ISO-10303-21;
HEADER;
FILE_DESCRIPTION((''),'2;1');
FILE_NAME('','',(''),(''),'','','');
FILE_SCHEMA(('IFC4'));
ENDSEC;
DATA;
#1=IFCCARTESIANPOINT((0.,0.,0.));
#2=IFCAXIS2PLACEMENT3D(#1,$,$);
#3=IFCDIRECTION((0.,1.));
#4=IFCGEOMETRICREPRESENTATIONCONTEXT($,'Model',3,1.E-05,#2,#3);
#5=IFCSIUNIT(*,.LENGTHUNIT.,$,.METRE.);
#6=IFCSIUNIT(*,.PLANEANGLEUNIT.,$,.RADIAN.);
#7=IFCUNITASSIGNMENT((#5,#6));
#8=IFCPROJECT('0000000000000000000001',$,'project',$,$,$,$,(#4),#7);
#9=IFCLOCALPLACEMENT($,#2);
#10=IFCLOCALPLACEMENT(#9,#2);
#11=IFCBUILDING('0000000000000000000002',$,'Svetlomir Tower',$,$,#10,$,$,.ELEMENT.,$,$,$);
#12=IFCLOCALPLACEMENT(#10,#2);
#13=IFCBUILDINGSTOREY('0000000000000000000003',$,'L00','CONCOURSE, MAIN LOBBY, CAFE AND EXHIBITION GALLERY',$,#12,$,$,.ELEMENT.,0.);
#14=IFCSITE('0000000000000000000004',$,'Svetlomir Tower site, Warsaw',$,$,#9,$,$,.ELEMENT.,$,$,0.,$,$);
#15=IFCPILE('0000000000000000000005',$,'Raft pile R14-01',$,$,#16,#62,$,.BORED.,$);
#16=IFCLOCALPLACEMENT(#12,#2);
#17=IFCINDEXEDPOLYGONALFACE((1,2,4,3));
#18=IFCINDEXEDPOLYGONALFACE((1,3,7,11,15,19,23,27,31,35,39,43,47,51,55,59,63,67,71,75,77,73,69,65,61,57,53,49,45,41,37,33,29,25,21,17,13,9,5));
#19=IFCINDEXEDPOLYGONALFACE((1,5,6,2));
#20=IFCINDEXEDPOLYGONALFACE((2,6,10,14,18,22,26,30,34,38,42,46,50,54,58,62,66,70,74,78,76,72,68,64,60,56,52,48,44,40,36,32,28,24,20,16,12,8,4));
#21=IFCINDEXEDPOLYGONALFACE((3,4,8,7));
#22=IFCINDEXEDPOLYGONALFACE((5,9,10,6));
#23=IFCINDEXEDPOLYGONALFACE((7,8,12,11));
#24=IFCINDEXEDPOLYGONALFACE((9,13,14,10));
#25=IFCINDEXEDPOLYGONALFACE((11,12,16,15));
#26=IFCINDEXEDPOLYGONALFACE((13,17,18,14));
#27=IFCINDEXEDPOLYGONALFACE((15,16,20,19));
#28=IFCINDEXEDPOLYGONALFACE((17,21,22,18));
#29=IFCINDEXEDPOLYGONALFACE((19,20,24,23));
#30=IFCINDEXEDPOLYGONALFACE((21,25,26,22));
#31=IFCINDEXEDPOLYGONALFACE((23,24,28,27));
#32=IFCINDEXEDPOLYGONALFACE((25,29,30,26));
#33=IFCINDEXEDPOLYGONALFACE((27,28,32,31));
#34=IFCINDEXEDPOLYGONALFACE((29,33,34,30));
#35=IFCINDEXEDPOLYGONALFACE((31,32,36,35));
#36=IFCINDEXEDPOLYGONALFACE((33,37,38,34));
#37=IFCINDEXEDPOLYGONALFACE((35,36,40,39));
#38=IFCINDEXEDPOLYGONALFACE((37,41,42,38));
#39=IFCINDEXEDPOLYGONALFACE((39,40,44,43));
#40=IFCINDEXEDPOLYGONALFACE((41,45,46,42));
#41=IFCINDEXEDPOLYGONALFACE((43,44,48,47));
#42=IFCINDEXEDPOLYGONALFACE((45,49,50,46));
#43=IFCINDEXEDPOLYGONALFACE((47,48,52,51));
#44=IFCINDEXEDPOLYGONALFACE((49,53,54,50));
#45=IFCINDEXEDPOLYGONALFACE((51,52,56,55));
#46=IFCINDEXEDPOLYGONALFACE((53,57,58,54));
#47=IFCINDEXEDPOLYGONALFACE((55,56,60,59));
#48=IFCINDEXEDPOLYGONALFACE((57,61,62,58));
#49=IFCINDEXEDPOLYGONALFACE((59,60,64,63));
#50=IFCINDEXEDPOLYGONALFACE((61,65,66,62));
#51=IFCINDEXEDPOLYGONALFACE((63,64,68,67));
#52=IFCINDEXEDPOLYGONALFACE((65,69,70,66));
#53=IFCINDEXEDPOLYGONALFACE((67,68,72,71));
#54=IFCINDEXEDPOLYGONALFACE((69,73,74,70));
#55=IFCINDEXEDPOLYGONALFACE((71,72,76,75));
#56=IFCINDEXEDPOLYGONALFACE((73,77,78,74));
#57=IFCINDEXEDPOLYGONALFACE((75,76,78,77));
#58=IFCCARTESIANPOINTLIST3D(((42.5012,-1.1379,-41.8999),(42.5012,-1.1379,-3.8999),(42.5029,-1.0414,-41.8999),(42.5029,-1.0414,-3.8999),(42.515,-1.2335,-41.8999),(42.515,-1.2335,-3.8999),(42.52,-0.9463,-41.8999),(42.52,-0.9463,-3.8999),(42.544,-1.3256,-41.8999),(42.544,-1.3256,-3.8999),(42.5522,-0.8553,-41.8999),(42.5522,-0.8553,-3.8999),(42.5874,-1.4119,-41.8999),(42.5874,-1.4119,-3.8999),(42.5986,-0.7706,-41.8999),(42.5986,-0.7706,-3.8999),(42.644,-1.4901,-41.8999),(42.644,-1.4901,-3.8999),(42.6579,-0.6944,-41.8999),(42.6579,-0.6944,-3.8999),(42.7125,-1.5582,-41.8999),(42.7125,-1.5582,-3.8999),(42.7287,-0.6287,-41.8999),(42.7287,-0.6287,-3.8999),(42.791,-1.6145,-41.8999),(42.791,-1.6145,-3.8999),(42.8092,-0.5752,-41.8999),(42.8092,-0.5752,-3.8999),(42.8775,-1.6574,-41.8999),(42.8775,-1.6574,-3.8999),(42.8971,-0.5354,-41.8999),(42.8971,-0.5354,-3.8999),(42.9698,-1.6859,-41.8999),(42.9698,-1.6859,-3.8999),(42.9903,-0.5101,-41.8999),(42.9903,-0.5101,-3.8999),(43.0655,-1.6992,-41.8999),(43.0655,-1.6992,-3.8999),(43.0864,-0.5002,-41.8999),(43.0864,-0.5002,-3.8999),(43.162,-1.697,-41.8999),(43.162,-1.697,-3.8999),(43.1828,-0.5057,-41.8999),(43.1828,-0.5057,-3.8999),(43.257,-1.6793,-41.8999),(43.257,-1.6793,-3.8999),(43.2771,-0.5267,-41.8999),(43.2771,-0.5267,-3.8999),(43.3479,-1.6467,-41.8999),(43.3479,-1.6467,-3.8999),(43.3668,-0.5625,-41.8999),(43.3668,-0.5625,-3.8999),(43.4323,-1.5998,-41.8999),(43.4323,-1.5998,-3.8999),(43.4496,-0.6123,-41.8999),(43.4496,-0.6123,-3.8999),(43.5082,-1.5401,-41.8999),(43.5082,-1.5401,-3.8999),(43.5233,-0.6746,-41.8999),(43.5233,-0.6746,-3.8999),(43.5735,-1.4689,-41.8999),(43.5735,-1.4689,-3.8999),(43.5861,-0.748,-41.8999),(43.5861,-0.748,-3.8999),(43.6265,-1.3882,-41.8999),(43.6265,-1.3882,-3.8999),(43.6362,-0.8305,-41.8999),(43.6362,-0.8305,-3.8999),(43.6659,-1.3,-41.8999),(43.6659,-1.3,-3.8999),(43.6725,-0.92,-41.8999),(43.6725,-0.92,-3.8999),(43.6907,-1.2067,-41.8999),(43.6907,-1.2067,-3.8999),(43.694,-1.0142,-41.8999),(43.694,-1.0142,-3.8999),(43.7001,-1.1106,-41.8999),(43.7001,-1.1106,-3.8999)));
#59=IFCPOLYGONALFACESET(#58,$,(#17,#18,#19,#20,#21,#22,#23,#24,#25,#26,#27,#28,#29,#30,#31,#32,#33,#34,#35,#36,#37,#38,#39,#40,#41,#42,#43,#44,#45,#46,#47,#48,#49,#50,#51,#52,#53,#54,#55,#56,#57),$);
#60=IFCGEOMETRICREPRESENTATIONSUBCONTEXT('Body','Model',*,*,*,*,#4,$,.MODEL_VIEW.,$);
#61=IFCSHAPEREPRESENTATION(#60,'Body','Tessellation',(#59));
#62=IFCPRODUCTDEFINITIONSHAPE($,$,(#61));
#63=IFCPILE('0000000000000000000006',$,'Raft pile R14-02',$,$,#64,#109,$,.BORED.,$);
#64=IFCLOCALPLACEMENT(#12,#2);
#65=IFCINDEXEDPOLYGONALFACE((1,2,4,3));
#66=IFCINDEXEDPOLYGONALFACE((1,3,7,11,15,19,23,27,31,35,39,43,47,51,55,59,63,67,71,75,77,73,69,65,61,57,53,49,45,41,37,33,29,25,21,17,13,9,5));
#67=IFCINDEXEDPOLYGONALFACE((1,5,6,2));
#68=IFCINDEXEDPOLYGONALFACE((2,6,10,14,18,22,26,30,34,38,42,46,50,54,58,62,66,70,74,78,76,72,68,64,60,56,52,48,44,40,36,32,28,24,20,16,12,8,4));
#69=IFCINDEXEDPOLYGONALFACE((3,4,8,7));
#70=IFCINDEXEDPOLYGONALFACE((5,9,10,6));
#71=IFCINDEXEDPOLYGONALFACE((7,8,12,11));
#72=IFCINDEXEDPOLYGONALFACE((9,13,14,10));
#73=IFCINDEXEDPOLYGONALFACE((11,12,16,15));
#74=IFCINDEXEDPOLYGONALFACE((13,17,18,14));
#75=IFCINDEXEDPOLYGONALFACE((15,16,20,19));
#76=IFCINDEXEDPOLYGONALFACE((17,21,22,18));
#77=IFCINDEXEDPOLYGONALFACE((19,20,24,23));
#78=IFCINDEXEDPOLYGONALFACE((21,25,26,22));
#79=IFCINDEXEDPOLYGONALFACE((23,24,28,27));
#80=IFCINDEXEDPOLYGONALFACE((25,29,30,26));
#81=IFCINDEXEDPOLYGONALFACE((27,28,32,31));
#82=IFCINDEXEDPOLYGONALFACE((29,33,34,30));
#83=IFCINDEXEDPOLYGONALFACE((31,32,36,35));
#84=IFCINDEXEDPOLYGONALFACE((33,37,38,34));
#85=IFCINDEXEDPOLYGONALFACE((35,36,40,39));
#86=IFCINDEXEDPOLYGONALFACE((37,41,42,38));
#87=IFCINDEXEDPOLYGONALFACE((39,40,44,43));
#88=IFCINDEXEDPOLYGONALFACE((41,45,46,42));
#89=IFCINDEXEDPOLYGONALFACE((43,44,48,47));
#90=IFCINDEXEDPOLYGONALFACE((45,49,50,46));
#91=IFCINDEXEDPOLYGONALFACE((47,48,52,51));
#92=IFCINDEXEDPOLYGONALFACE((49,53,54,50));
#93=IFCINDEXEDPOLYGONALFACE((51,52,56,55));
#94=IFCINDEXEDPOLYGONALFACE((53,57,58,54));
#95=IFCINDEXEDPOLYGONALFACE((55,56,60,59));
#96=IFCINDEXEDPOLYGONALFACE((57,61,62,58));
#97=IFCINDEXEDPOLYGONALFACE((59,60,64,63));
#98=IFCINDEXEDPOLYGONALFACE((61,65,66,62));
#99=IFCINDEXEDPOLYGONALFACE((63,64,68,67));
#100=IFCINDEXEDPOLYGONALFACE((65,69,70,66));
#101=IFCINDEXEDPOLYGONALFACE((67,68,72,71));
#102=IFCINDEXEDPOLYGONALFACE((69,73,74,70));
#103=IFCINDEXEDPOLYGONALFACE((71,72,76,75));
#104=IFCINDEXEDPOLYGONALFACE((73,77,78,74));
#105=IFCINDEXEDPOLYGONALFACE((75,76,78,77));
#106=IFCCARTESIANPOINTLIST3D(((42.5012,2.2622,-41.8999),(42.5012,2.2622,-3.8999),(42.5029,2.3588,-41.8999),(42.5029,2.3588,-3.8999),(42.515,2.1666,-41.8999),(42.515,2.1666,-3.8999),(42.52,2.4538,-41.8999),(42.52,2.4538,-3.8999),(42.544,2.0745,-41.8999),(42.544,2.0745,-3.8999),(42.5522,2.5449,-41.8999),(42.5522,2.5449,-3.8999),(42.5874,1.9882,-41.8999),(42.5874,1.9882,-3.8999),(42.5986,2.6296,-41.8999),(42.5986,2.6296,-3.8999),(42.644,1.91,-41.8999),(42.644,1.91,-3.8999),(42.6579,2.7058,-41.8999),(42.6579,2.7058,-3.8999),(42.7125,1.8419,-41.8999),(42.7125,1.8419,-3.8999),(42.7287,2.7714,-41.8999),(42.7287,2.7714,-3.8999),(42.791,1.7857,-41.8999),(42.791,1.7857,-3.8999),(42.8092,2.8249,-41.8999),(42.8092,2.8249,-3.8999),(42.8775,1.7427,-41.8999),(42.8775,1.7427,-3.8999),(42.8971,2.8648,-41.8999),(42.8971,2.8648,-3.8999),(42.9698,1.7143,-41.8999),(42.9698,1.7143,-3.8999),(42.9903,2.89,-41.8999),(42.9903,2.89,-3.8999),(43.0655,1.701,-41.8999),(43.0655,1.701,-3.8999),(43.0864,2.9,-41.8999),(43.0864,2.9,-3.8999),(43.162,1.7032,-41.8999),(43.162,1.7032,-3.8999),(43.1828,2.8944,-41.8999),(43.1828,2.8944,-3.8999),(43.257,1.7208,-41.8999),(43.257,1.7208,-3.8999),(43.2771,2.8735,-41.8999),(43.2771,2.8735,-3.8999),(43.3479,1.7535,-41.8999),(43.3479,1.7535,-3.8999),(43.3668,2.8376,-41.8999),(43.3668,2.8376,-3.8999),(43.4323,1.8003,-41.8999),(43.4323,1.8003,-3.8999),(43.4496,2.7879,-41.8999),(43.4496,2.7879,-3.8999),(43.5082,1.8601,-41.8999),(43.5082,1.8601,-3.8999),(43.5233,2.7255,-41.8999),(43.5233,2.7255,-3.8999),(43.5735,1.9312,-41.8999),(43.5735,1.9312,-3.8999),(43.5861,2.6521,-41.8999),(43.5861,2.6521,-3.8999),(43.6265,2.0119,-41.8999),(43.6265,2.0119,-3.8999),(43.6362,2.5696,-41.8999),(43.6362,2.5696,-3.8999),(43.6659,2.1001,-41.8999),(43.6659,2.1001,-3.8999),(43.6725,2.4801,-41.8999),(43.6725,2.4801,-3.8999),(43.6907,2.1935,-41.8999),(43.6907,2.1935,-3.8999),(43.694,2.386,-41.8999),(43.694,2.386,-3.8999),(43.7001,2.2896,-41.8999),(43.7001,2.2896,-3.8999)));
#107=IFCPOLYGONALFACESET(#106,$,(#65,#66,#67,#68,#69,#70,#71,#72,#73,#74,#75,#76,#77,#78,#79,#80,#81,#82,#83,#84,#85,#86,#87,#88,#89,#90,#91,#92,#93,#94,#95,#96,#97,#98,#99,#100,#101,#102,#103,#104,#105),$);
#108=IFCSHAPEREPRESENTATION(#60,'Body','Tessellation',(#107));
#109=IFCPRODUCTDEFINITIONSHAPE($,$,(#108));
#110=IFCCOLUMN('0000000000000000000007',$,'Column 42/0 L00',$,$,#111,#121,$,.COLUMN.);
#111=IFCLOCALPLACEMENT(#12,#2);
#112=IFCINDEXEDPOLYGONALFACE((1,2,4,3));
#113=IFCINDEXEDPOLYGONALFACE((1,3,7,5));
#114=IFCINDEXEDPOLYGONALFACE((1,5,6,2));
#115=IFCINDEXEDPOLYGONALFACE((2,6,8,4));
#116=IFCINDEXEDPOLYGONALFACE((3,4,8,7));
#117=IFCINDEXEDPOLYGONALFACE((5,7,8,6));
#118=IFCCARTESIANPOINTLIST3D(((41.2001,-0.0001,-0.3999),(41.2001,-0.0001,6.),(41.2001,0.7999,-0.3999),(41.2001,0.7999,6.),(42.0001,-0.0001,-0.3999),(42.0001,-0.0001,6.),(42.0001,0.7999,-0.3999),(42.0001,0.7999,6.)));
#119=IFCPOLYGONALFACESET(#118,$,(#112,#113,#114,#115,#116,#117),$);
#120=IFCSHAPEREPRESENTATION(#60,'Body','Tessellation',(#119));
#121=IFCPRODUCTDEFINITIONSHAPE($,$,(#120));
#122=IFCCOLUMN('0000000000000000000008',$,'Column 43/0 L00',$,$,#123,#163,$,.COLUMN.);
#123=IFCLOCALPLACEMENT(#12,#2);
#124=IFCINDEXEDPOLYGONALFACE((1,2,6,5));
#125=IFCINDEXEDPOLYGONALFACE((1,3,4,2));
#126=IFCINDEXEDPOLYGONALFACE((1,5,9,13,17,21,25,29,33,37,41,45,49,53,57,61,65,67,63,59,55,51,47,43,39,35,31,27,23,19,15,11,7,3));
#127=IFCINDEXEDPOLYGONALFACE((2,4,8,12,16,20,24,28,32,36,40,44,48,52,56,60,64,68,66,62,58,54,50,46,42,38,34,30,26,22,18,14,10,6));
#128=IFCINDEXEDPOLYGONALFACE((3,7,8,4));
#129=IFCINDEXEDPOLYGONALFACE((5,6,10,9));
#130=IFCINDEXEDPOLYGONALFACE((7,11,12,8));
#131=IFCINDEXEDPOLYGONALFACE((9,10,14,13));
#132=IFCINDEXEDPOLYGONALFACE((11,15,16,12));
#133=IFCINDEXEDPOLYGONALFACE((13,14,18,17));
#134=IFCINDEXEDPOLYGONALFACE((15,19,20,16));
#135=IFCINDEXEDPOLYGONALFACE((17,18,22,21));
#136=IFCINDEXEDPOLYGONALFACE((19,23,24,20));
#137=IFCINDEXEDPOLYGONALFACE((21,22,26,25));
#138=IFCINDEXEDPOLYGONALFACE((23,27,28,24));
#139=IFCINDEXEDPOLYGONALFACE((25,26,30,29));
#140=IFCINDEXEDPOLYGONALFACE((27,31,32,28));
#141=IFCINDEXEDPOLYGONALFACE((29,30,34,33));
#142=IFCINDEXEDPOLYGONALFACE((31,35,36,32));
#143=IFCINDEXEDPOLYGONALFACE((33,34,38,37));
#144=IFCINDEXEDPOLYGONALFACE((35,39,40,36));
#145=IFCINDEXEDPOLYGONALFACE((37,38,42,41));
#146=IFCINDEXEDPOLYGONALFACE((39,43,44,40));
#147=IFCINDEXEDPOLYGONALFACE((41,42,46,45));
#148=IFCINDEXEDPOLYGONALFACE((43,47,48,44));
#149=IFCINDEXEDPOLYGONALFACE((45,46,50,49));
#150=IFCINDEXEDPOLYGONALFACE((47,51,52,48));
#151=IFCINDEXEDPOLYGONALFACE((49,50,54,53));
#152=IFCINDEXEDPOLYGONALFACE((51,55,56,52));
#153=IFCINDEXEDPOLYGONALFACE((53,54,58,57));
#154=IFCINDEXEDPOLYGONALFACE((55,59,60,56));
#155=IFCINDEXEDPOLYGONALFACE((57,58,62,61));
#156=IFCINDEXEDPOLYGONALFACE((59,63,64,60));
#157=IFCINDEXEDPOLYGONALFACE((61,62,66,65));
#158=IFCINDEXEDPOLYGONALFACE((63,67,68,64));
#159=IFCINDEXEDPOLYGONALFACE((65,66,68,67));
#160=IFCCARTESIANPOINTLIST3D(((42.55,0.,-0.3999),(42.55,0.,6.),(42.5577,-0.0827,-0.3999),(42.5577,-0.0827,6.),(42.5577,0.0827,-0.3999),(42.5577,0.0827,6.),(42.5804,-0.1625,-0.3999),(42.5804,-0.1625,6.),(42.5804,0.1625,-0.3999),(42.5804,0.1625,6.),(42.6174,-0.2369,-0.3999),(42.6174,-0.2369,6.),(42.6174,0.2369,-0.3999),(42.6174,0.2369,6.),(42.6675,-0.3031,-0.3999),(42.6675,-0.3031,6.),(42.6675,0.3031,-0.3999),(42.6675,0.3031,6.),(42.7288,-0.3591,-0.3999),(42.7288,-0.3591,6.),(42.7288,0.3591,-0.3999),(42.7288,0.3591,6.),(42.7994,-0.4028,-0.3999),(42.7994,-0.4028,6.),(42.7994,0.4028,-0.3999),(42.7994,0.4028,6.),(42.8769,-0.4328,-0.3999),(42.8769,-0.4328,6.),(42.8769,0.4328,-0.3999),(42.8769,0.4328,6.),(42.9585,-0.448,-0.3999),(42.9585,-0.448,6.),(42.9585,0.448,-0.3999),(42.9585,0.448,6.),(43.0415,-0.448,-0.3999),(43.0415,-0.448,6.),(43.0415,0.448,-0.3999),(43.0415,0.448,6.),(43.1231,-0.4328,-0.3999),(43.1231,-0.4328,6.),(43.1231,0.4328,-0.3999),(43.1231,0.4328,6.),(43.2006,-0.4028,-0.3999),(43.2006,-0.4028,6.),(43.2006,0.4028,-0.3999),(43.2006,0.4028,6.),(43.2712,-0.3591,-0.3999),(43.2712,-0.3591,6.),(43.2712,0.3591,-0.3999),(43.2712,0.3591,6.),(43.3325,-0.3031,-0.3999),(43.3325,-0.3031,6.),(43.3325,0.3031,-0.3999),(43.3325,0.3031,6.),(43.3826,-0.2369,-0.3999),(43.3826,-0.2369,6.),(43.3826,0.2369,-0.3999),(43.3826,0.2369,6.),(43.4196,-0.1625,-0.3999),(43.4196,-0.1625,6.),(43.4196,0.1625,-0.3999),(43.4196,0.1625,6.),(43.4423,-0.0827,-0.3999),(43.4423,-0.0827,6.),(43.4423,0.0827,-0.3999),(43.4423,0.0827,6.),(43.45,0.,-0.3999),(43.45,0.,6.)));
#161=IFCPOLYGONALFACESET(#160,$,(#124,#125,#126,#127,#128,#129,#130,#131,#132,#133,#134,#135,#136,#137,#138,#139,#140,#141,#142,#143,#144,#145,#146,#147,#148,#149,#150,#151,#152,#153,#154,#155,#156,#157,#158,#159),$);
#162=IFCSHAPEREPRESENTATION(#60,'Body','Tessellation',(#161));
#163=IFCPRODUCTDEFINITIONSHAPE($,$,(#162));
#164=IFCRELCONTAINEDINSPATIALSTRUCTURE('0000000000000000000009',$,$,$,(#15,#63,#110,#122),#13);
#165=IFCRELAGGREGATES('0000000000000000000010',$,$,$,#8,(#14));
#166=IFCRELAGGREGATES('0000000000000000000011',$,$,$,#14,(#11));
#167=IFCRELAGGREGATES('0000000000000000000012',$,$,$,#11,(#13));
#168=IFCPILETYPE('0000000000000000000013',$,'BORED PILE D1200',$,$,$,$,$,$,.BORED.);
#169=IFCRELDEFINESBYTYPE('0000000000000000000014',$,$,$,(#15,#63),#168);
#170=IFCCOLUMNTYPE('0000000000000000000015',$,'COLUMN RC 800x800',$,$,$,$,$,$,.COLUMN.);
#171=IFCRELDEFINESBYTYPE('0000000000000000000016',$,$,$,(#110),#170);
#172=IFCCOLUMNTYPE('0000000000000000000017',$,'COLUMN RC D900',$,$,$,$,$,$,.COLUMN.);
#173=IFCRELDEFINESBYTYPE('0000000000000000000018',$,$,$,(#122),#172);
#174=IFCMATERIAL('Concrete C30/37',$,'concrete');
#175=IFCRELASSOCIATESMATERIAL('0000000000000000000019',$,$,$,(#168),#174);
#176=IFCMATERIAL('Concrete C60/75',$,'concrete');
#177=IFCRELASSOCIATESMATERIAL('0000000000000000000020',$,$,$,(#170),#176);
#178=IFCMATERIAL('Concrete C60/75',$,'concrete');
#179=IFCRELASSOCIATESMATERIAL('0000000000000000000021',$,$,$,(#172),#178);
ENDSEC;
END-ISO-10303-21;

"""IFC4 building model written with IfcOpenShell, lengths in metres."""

from ifc_helpers import new_model, si_unit, direction, frame, frame_2d, origin, origin_2d, place, context, subcontext, project, spatial, rectangle, circle, extrude, material, material_profile, profile_set, type_object, element, save


model = new_model("IFC4")

# Units and contexts
model_context = context("Model", 3, precision=1e-05, world=origin(), true_north=direction((0.0, 1.0)))
body_context = subcontext(model_context, "Body", "Model", "MODEL_VIEW")
ifc_project = project(units=[si_unit("LENGTHUNIT", "METRE"), si_unit("PLANEANGLEUNIT", "RADIAN")], contexts=[model_context])

# Site, building, storey
site_placement = place(None, origin())
site = spatial("IfcSite", under=ifc_project, at=site_placement, Name="Svetlomir Tower site, Warsaw", CompositionType="ELEMENT", RefElevation=0.0)
building_placement = place(site_placement, origin())
building = spatial("IfcBuilding", under=site, at=building_placement, Name="Svetlomir Tower", CompositionType="ELEMENT")
storey_placement = place(building_placement, origin())
storey = spatial("IfcBuildingStorey", under=building, at=storey_placement, Name="L00", Description="CONCOURSE, MAIN LOBBY, CAFE AND EXHIBITION GALLERY", CompositionType="ELEMENT", Elevation=0.0)

# Piles
ifc_material_1 = material(Name="Concrete C30/37", Category="concrete")
ifc_material_profile_1 = material_profile(ifc_material_1, circle(Radius=0.6001, at=origin_2d()), Name="D1200")
ifc_profile_set_1 = profile_set([ifc_material_profile_1], Name="Concrete C30/37")
pile_type = type_object("IfcPileType", Name="BORED PILE D1200", PredefinedType="BORED", material=ifc_profile_set_1)
for number, where, z_axis, x_axis, name in (
    (1, (43.1001, -1.1001, -3.8999), (0.0, 0.0, -1.0), (1.0, 0.0, 0.0), "Raft pile R14-01"),
    (2, (43.1001, 2.3, -3.8999), (0.0, 0.0, -1.0), (1.0, 0.0, 0.0), "Raft pile R14-02"),
):
    element("IfcPile", number, at=place(storey_placement, frame(where, z_axis=z_axis, x_axis=x_axis)), inside=storey, type_object=pile_type, Name=name, PredefinedType="BORED", context=body_context, shape_type="SweptSolid", body=[
        extrude(circle(Radius=0.6001, at=frame_2d((0.0, 0.0), x_axis=(0.999848, 0.017452))), origin(), (0.0, 0.0, 1.0), 38.0),
    ])

# Columns
ifc_material_2 = material(Name="Concrete C60/75", Category="concrete")
ifc_material_profile_2 = material_profile(ifc_material_2, rectangle(XDim=0.8, YDim=0.8, at=origin_2d()), Name="RC 800x800")
ifc_profile_set_2 = profile_set([ifc_material_profile_2], Name="Concrete C60/75")
column_type_1 = type_object("IfcColumnType", Name="COLUMN RC 800x800", PredefinedType="COLUMN", material=ifc_profile_set_2)
column_1_placement = place(storey_placement, frame((41.6001, 0.3999, -0.3999), z_axis=(0.0, 0.0, 1.0), x_axis=(1.0, 0.0, 0.0)))
element("IfcColumn", 3, at=column_1_placement, inside=storey, type_object=column_type_1, Name="Column 42/0 L00", PredefinedType="COLUMN", context=body_context, shape_type="SweptSolid", body=[
    extrude(rectangle(XDim=0.8, YDim=0.8, at=origin_2d()), origin(), (0.0, 0.0, 1.0), 6.3999),
])
ifc_material_3 = material(Name="Concrete C60/75", Category="concrete")
ifc_material_profile_3 = material_profile(ifc_material_3, circle(Radius=0.45, at=origin_2d()), Name="RC D900")
ifc_profile_set_3 = profile_set([ifc_material_profile_3], Name="Concrete C60/75")
column_type_2 = type_object("IfcColumnType", Name="COLUMN RC D900", PredefinedType="COLUMN", material=ifc_profile_set_3)
column_2_placement = place(storey_placement, frame((43.0, 0.0, -0.3999), z_axis=(0.0, 0.0, 1.0), x_axis=(1.0, 0.0, 0.0)))
element("IfcColumn", 4, at=column_2_placement, inside=storey, type_object=column_type_2, Name="Column 43/0 L00", PredefinedType="COLUMN", context=body_context, shape_type="SweptSolid", body=[
    extrude(circle(Radius=0.45, at=origin_2d()), origin(), (0.0, 0.0, 1.0), 6.3999),
])

save(model, "model.ifc")
